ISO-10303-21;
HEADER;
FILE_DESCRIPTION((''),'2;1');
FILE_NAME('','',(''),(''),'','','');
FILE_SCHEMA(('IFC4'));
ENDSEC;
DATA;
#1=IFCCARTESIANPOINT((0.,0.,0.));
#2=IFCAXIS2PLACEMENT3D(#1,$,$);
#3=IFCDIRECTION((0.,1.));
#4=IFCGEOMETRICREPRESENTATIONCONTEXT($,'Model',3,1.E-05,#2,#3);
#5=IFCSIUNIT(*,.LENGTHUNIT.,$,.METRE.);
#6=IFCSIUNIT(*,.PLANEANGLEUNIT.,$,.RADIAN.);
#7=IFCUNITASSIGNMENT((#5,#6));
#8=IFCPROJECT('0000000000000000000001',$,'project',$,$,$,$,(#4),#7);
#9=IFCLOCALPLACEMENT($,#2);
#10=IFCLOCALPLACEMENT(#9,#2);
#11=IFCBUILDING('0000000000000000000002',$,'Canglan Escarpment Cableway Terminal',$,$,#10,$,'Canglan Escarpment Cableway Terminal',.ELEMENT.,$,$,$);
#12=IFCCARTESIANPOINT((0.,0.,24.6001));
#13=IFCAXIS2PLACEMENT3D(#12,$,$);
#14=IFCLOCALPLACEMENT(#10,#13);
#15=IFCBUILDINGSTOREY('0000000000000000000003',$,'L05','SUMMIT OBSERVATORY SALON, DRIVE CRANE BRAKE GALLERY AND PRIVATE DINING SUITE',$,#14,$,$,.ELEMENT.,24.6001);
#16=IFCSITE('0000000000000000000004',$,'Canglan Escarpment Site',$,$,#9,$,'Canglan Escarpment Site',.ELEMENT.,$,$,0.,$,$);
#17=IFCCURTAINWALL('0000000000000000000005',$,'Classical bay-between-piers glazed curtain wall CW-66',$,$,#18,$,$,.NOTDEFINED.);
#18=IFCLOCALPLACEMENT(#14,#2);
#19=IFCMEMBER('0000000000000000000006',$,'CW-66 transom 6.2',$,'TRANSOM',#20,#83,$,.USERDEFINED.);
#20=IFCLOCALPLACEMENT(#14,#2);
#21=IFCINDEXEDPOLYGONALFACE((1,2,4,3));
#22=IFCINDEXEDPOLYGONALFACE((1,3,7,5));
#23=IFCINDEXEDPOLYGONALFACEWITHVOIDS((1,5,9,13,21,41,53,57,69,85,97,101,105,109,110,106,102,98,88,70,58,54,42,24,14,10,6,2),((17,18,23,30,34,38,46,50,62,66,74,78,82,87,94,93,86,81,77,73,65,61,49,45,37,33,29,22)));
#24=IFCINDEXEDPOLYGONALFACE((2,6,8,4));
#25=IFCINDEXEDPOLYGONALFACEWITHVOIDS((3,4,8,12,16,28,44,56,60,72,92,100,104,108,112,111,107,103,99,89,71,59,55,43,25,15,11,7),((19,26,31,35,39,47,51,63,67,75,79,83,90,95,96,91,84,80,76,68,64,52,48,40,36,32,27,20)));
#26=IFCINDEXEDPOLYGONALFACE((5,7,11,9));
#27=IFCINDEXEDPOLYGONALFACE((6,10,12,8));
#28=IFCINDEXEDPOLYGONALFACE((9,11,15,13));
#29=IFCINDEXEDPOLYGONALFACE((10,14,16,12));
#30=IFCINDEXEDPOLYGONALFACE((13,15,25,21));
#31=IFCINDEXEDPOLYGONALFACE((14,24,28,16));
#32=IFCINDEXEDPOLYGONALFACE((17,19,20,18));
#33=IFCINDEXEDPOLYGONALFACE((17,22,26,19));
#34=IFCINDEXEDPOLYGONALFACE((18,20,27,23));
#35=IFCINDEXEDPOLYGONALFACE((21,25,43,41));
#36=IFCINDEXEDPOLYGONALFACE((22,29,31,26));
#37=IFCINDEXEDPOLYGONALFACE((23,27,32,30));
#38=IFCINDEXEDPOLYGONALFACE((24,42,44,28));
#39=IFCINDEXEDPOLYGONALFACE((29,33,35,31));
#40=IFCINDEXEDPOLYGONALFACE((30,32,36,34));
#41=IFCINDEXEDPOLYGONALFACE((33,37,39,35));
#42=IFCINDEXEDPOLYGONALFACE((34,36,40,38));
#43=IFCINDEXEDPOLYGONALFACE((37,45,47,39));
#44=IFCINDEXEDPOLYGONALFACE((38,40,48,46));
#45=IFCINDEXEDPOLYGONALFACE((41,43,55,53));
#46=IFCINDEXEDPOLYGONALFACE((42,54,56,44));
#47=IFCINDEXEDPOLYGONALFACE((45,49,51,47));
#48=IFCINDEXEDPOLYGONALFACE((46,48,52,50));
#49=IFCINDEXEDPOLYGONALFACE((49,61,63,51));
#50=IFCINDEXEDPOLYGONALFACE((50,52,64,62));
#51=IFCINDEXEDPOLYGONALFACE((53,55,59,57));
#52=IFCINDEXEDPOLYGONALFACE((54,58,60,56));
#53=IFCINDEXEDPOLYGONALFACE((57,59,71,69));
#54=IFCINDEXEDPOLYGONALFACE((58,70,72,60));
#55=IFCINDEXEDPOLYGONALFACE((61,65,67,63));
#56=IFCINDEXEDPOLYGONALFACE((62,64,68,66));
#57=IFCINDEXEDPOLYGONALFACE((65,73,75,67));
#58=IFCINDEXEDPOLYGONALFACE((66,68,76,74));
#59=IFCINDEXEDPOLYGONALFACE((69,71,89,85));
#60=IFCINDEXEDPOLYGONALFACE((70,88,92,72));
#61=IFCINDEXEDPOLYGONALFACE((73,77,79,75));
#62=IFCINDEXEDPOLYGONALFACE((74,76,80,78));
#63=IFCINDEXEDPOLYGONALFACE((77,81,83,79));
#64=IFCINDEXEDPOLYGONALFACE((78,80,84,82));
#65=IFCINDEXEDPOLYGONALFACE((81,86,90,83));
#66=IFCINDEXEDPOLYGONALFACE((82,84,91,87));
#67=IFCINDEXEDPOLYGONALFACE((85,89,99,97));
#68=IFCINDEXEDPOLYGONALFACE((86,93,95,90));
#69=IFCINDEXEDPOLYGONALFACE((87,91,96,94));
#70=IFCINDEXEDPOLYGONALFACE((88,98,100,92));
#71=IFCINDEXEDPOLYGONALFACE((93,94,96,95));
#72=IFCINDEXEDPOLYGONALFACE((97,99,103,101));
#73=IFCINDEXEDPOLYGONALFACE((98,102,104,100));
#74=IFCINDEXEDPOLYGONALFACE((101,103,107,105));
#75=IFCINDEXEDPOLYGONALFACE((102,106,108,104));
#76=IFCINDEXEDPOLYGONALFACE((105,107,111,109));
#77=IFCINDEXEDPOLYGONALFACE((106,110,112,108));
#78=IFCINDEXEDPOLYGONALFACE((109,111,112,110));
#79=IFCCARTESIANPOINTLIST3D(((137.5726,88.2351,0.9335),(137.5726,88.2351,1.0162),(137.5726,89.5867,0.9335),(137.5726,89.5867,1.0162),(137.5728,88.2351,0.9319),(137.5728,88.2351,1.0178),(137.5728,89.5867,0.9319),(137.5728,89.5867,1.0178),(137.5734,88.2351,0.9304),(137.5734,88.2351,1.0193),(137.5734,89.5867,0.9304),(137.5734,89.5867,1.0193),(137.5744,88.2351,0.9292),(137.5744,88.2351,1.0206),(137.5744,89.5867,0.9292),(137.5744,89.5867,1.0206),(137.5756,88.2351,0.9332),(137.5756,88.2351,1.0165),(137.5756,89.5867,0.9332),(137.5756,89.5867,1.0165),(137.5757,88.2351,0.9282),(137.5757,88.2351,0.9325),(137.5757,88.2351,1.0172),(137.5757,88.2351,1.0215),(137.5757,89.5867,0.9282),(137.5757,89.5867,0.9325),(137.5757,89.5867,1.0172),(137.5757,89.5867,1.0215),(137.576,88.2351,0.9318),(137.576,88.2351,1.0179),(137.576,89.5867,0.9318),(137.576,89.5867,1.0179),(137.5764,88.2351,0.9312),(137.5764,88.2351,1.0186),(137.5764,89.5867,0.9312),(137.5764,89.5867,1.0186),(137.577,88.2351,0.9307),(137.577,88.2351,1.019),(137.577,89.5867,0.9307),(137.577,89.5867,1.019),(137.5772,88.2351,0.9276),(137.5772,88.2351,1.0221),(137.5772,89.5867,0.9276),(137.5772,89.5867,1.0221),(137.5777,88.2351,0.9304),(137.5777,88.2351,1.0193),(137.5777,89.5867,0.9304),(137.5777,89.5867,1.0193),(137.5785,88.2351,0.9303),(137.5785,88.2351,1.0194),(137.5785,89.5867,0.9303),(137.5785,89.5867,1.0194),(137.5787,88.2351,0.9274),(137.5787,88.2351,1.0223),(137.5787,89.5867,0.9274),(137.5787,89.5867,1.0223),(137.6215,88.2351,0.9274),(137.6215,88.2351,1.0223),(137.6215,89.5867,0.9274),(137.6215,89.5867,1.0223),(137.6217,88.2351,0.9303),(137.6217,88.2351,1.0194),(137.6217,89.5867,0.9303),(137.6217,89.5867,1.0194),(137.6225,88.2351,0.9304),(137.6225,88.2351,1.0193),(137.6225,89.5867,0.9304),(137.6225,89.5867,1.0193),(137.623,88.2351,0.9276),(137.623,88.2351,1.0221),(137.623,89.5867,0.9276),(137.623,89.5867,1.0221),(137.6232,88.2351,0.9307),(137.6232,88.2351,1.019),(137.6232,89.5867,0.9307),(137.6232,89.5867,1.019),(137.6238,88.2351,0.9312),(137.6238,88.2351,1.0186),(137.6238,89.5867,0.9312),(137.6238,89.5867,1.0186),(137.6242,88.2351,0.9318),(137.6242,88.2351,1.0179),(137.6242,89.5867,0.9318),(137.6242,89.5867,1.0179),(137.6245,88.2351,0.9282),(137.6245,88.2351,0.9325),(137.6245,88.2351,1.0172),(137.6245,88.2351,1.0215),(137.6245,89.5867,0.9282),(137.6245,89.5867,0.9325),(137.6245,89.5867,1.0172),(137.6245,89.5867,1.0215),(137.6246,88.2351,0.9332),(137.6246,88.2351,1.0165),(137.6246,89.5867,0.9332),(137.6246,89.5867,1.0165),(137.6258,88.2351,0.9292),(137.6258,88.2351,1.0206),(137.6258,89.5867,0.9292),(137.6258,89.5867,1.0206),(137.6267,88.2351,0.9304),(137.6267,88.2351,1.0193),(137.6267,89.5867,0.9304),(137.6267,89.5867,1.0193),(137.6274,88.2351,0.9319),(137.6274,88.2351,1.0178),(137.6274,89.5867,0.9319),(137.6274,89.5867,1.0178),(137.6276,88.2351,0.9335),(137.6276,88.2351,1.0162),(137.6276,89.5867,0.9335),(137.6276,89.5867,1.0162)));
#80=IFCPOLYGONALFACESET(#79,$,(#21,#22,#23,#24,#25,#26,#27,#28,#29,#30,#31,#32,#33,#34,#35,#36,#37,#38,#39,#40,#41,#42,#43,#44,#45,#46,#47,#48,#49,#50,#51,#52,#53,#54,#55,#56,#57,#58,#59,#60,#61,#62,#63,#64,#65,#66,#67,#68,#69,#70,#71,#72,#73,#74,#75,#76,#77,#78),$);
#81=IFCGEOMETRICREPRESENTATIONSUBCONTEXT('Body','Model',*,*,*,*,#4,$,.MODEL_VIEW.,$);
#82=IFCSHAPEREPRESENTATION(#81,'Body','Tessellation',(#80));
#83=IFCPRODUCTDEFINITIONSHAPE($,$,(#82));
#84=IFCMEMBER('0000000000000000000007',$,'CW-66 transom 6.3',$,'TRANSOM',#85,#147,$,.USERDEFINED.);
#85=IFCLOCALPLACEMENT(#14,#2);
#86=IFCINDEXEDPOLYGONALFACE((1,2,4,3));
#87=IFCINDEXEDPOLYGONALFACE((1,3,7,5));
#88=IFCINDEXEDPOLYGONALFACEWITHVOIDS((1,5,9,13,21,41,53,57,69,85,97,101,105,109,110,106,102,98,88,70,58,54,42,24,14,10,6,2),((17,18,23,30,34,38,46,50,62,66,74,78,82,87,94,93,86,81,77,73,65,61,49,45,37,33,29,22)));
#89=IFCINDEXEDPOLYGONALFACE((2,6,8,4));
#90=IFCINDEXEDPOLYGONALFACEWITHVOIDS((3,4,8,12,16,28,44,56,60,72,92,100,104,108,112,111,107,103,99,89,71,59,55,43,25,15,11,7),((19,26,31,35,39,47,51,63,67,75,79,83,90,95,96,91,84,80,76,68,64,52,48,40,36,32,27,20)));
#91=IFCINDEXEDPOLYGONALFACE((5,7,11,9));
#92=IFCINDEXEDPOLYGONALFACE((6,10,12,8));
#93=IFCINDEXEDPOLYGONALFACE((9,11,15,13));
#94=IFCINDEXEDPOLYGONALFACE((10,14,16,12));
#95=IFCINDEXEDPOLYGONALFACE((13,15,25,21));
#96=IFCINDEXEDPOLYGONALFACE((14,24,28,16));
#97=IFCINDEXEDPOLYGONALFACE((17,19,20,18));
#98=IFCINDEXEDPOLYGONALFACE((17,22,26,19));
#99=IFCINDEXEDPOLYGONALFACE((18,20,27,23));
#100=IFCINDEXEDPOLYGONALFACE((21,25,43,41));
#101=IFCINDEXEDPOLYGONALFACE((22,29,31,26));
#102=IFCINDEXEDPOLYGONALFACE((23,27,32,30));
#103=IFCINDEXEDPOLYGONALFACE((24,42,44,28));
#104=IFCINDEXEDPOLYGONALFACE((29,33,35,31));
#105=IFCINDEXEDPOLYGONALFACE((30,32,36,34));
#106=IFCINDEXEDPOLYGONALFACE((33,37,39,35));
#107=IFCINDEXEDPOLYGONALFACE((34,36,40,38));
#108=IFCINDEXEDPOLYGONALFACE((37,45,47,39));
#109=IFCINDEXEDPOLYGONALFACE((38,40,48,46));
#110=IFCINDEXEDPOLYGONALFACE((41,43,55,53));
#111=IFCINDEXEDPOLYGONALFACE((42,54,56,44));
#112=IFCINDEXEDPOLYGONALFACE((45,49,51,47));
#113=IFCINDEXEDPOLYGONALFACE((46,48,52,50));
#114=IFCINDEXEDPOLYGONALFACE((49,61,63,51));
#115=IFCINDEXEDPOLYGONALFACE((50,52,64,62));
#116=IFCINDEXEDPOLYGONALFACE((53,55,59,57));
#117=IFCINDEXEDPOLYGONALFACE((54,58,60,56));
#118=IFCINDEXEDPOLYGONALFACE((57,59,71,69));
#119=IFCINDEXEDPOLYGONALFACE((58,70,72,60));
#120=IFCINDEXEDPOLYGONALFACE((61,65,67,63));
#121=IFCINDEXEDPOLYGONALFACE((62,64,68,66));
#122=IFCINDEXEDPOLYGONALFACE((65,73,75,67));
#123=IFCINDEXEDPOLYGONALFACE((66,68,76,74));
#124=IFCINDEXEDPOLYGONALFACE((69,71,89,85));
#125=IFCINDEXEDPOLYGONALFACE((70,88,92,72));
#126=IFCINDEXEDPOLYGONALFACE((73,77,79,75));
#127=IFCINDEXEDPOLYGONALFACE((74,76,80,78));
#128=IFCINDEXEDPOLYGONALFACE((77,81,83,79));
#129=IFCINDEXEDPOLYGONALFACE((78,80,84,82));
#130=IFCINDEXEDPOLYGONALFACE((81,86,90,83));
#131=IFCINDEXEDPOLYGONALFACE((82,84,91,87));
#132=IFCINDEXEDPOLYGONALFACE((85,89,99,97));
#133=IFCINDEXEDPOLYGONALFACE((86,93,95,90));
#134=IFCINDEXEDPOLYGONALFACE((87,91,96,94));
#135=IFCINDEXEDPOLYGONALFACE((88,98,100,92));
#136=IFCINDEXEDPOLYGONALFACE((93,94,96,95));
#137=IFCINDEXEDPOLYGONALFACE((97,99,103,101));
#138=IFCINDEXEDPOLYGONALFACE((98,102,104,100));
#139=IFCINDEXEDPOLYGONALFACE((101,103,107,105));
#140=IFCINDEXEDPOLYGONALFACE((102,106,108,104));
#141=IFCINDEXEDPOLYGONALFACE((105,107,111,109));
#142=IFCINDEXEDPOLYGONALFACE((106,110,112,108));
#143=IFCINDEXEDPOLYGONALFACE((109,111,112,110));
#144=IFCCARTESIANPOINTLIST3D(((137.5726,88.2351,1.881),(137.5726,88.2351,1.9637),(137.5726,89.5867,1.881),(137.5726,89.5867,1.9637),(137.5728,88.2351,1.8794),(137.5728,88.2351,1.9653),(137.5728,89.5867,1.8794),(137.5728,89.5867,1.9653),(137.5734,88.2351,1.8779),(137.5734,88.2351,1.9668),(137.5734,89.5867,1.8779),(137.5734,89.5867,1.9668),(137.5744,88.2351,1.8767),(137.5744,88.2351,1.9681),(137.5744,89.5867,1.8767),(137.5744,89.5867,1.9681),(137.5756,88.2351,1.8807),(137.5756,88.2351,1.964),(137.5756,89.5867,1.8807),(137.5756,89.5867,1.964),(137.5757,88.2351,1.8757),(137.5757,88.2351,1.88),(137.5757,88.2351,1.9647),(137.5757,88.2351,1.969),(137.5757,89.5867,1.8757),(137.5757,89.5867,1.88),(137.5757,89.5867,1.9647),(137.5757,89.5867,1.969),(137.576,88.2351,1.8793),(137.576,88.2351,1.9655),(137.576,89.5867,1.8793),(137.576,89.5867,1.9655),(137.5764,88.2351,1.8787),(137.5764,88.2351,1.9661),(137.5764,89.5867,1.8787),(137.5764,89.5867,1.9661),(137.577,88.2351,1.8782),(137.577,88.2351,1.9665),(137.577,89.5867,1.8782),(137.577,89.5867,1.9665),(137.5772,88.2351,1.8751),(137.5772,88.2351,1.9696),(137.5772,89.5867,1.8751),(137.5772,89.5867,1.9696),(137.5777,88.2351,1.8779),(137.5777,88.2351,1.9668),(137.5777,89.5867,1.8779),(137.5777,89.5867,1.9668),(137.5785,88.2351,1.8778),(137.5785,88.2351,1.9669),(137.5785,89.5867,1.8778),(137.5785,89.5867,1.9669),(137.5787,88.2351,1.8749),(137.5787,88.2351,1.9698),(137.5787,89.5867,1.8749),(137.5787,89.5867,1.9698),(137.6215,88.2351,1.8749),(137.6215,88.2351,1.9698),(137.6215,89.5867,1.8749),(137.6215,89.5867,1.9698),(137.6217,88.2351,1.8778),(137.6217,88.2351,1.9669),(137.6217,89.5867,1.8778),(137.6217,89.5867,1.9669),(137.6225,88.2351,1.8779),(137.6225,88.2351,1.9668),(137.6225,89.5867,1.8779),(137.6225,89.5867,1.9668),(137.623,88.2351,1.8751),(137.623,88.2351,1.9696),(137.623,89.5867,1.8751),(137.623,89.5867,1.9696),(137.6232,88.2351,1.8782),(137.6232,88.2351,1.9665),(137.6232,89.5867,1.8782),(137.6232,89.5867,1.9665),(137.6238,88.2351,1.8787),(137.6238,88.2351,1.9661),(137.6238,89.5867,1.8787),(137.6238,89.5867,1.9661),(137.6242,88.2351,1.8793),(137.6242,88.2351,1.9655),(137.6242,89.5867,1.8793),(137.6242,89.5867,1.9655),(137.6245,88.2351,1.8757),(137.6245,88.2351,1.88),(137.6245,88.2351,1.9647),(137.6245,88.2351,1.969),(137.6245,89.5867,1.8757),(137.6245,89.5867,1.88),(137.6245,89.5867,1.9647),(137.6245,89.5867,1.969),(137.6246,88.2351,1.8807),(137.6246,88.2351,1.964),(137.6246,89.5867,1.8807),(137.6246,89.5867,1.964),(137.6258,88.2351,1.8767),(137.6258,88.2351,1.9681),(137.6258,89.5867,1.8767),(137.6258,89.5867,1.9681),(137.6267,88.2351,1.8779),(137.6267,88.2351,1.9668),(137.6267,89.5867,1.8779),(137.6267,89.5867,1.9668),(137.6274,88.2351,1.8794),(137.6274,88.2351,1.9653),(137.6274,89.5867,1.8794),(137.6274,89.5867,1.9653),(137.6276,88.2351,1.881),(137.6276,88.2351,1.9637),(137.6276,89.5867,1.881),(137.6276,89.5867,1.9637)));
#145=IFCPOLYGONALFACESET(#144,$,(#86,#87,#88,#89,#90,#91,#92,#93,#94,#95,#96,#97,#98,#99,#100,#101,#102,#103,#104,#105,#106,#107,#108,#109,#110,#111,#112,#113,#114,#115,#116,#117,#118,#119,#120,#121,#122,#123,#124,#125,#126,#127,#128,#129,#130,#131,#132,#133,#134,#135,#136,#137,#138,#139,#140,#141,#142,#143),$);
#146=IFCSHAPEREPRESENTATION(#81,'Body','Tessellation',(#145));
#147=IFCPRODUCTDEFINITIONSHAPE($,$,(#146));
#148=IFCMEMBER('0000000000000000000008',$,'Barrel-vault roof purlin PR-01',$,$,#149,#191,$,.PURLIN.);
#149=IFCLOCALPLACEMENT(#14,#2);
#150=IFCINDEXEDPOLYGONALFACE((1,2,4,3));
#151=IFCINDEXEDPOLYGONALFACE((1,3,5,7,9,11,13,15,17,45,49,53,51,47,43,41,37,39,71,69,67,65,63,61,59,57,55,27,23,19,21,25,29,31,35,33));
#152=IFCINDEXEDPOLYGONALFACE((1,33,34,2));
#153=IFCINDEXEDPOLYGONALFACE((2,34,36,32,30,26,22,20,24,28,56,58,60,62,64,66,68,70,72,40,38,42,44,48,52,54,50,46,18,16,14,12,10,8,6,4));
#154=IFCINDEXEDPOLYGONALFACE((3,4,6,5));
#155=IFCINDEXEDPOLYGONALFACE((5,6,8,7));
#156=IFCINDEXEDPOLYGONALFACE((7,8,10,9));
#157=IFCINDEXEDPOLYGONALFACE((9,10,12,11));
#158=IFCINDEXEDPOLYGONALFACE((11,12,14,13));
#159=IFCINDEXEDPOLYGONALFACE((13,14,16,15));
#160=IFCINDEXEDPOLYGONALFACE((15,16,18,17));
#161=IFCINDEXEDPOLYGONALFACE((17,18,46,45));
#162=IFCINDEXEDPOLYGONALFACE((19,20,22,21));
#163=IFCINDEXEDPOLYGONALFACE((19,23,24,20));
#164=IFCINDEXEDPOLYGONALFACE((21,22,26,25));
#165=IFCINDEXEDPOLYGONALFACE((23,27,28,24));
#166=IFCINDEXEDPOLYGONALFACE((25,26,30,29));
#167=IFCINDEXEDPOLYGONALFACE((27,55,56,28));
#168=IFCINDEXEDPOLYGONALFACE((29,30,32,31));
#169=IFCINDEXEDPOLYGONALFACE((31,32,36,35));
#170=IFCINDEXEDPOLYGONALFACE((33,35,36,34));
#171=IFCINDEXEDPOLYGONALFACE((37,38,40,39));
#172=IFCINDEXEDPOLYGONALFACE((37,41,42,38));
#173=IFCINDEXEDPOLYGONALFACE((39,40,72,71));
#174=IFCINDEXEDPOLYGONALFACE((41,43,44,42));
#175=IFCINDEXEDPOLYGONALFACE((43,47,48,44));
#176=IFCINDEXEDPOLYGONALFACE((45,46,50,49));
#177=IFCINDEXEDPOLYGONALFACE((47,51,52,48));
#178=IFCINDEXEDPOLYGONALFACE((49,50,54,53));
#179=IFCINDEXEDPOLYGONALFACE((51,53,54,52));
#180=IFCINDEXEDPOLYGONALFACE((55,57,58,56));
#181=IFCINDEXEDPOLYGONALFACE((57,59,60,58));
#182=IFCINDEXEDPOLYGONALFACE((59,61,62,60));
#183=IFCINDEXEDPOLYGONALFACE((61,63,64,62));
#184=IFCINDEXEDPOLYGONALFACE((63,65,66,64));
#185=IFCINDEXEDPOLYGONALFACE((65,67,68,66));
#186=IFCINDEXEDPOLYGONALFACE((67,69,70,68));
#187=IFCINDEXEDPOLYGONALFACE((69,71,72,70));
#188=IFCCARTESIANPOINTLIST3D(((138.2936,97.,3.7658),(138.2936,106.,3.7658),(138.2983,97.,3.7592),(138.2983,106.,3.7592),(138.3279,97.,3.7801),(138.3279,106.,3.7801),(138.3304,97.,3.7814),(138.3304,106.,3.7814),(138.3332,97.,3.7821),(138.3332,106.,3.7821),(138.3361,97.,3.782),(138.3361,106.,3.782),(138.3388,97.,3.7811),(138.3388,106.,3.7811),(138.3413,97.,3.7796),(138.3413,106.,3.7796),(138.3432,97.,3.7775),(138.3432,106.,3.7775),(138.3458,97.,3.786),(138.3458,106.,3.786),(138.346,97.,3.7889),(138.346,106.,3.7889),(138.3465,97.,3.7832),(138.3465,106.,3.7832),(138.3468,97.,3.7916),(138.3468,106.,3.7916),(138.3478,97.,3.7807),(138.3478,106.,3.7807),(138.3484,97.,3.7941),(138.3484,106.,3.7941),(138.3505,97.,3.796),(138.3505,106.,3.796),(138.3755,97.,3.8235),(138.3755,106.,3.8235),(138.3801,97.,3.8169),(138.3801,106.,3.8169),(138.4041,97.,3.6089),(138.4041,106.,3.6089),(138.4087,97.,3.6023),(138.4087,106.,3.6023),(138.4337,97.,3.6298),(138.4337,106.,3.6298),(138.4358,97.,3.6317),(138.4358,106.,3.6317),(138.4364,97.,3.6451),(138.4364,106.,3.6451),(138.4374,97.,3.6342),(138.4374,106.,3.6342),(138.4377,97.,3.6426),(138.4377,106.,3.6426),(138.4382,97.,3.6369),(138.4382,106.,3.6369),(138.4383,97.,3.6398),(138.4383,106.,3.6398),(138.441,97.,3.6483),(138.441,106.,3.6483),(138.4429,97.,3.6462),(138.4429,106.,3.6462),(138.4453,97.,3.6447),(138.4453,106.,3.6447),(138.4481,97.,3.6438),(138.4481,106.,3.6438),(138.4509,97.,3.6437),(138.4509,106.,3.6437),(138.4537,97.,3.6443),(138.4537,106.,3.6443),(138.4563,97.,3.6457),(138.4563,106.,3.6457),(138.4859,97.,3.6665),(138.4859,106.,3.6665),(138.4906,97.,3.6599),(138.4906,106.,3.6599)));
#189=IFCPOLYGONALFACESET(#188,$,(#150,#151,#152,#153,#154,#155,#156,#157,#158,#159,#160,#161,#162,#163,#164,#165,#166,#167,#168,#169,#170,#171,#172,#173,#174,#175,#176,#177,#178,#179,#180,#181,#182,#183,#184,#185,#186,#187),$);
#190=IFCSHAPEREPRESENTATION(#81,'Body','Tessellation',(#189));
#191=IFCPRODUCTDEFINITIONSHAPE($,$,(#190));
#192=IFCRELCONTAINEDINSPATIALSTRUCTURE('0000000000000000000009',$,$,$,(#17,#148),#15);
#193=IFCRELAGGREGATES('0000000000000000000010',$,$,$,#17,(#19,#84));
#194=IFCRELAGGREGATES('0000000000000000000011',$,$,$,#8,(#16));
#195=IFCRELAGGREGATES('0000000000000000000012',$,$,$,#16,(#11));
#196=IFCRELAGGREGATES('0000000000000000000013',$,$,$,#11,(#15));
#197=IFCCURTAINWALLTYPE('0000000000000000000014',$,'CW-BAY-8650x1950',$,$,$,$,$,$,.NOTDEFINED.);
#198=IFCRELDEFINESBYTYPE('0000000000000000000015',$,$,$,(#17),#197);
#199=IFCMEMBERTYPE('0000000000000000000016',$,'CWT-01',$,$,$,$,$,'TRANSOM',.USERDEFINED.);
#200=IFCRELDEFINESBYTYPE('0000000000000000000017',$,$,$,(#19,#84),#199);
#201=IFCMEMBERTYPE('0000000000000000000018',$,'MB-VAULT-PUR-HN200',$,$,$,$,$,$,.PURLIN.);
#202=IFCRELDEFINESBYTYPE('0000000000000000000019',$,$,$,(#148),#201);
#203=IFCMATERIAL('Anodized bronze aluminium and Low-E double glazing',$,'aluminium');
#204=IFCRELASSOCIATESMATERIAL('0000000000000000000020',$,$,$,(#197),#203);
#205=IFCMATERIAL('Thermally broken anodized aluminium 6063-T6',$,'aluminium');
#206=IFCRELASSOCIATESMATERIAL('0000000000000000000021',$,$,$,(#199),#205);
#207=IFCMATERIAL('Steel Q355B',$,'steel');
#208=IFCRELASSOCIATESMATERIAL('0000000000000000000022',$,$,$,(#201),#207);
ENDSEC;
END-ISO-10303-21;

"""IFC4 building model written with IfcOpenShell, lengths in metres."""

from ifc_helpers import new_model, si_unit, direction, frame, origin, origin_2d, place, context, subcontext, project, spatial, hollow_rectangle, i_section, extrude, material, material_profile, profile_set, type_object, element, aggregate, save


model = new_model("IFC4")

# Units and contexts
model_context = context("Model", 3, precision=1e-05, world=origin(), true_north=direction((0.0, 1.0)))
body_context = subcontext(model_context, "Body", "Model", "MODEL_VIEW")
ifc_project = project(units=[si_unit("LENGTHUNIT", "METRE"), si_unit("PLANEANGLEUNIT", "RADIAN")], contexts=[model_context])

# Site, building, storey
site_placement = place(None, origin())
site = spatial("IfcSite", under=ifc_project, at=site_placement, Name="Canglan Escarpment Site", LongName="Canglan Escarpment Site", CompositionType="ELEMENT", RefElevation=0.0)
building_placement = place(site_placement, origin())
building = spatial("IfcBuilding", under=site, at=building_placement, Name="Canglan Escarpment Cableway Terminal", LongName="Canglan Escarpment Cableway Terminal", CompositionType="ELEMENT")
storey_placement = place(building_placement, frame((0.0, 0.0, 24.6001)))
storey = spatial("IfcBuildingStorey", under=building, at=storey_placement, Name="L05", Description="SUMMIT OBSERVATORY SALON, DRIVE CRANE BRAKE GALLERY AND PRIVATE DINING SUITE", CompositionType="ELEMENT", Elevation=24.6001)

# Curtain wall, members
ifc_material_1 = material(Name="Anodized bronze aluminium and Low-E double glazing", Category="aluminium")
curtain_wall_type = type_object("IfcCurtainWallType", Name="CW-BAY-8650x1950", PredefinedType="NOTDEFINED", material=ifc_material_1)
curtain_wall_placement = place(storey_placement, origin())
curtain_wall = element("IfcCurtainWall", 1, at=curtain_wall_placement, inside=storey, type_object=curtain_wall_type, Name="Classical bay-between-piers glazed curtain wall CW-66", PredefinedType="NOTDEFINED")
ifc_material_2 = material(Name="Thermally broken anodized aluminium 6063-T6", Category="aluminium")
ifc_material_profile_1 = material_profile(ifc_material_2, hollow_rectangle(XDim=0.0549, YDim=0.095, WallThickness=0.0029, InnerFilletRadius=0.0029, OuterFilletRadius=0.0061, at=origin_2d()), Name="ALU-TRAN 55x95x3")
ifc_profile_set_1 = profile_set([ifc_material_profile_1], Name="Thermally broken anodized aluminium 6063-T6")
member_type_1 = type_object("IfcMemberType", Name="CWT-01", ElementType="TRANSOM", PredefinedType="USERDEFINED", material=ifc_profile_set_1)
member_1_placement = place(storey_placement, frame((137.6001, 89.5867, 0.9749), z_axis=(0.0, -1.0, 0.0), x_axis=(1.0, 0.0, 0.0)))
member_1 = element("IfcMember", 2, at=member_1_placement, type_object=member_type_1, Name="CW-66 transom 6.2", ObjectType="TRANSOM", PredefinedType="USERDEFINED", context=body_context, shape_type="SweptSolid", body=[
    extrude(hollow_rectangle(XDim=0.0549, YDim=0.095, WallThickness=0.0029, InnerFilletRadius=0.0029, OuterFilletRadius=0.0061, at=origin_2d()), origin(), (0.0, 0.0, 1.0), 1.3516),
])
member_2_placement = place(storey_placement, frame((137.6001, 89.5867, 1.9224), z_axis=(0.0, -1.0, 0.0), x_axis=(1.0, 0.0, 0.0)))
member_2 = element("IfcMember", 3, at=member_2_placement, type_object=member_type_1, Name="CW-66 transom 6.3", ObjectType="TRANSOM", PredefinedType="USERDEFINED", context=body_context, shape_type="SweptSolid", body=[
    extrude(hollow_rectangle(XDim=0.0549, YDim=0.095, WallThickness=0.0029, InnerFilletRadius=0.0029, OuterFilletRadius=0.0061, at=origin_2d()), origin(), (0.0, 0.0, 1.0), 1.3516),
])

# Member
ifc_material_3 = material(Name="Steel Q355B", Category="steel")
ifc_material_profile_2 = material_profile(ifc_material_3, i_section(OverallWidth=0.1001, OverallDepth=0.2, WebThickness=0.0056, FlangeThickness=0.0081, FilletRadius=0.011, at=origin_2d()), Name="HN 200x100x5.5x8")
ifc_profile_set_2 = profile_set([ifc_material_profile_2], Name="Steel Q355B")
member_type_2 = type_object("IfcMemberType", Name="MB-VAULT-PUR-HN200", PredefinedType="PURLIN", material=ifc_profile_set_2)
for number, where, z_axis, x_axis, name in (
    (4, (138.3921, 97.0, 3.7129), (0.0, 1.0, 0.0), (-0.817728, 0.0, -0.575605), "Barrel-vault roof purlin PR-01"),
):
    element("IfcMember", number, at=place(storey_placement, frame(where, z_axis=z_axis, x_axis=x_axis)), inside=storey, type_object=member_type_2, Name=name, PredefinedType="PURLIN", context=body_context, shape_type="SweptSolid", body=[
        extrude(i_section(OverallWidth=0.1001, OverallDepth=0.2, WebThickness=0.0056, FlangeThickness=0.0081, FilletRadius=0.011, at=origin_2d()), origin(), (0.0, 0.0, 1.0), 9.0),
    ])

aggregate(curtain_wall, [member_1, member_2])

save(model, "model.ifc")
